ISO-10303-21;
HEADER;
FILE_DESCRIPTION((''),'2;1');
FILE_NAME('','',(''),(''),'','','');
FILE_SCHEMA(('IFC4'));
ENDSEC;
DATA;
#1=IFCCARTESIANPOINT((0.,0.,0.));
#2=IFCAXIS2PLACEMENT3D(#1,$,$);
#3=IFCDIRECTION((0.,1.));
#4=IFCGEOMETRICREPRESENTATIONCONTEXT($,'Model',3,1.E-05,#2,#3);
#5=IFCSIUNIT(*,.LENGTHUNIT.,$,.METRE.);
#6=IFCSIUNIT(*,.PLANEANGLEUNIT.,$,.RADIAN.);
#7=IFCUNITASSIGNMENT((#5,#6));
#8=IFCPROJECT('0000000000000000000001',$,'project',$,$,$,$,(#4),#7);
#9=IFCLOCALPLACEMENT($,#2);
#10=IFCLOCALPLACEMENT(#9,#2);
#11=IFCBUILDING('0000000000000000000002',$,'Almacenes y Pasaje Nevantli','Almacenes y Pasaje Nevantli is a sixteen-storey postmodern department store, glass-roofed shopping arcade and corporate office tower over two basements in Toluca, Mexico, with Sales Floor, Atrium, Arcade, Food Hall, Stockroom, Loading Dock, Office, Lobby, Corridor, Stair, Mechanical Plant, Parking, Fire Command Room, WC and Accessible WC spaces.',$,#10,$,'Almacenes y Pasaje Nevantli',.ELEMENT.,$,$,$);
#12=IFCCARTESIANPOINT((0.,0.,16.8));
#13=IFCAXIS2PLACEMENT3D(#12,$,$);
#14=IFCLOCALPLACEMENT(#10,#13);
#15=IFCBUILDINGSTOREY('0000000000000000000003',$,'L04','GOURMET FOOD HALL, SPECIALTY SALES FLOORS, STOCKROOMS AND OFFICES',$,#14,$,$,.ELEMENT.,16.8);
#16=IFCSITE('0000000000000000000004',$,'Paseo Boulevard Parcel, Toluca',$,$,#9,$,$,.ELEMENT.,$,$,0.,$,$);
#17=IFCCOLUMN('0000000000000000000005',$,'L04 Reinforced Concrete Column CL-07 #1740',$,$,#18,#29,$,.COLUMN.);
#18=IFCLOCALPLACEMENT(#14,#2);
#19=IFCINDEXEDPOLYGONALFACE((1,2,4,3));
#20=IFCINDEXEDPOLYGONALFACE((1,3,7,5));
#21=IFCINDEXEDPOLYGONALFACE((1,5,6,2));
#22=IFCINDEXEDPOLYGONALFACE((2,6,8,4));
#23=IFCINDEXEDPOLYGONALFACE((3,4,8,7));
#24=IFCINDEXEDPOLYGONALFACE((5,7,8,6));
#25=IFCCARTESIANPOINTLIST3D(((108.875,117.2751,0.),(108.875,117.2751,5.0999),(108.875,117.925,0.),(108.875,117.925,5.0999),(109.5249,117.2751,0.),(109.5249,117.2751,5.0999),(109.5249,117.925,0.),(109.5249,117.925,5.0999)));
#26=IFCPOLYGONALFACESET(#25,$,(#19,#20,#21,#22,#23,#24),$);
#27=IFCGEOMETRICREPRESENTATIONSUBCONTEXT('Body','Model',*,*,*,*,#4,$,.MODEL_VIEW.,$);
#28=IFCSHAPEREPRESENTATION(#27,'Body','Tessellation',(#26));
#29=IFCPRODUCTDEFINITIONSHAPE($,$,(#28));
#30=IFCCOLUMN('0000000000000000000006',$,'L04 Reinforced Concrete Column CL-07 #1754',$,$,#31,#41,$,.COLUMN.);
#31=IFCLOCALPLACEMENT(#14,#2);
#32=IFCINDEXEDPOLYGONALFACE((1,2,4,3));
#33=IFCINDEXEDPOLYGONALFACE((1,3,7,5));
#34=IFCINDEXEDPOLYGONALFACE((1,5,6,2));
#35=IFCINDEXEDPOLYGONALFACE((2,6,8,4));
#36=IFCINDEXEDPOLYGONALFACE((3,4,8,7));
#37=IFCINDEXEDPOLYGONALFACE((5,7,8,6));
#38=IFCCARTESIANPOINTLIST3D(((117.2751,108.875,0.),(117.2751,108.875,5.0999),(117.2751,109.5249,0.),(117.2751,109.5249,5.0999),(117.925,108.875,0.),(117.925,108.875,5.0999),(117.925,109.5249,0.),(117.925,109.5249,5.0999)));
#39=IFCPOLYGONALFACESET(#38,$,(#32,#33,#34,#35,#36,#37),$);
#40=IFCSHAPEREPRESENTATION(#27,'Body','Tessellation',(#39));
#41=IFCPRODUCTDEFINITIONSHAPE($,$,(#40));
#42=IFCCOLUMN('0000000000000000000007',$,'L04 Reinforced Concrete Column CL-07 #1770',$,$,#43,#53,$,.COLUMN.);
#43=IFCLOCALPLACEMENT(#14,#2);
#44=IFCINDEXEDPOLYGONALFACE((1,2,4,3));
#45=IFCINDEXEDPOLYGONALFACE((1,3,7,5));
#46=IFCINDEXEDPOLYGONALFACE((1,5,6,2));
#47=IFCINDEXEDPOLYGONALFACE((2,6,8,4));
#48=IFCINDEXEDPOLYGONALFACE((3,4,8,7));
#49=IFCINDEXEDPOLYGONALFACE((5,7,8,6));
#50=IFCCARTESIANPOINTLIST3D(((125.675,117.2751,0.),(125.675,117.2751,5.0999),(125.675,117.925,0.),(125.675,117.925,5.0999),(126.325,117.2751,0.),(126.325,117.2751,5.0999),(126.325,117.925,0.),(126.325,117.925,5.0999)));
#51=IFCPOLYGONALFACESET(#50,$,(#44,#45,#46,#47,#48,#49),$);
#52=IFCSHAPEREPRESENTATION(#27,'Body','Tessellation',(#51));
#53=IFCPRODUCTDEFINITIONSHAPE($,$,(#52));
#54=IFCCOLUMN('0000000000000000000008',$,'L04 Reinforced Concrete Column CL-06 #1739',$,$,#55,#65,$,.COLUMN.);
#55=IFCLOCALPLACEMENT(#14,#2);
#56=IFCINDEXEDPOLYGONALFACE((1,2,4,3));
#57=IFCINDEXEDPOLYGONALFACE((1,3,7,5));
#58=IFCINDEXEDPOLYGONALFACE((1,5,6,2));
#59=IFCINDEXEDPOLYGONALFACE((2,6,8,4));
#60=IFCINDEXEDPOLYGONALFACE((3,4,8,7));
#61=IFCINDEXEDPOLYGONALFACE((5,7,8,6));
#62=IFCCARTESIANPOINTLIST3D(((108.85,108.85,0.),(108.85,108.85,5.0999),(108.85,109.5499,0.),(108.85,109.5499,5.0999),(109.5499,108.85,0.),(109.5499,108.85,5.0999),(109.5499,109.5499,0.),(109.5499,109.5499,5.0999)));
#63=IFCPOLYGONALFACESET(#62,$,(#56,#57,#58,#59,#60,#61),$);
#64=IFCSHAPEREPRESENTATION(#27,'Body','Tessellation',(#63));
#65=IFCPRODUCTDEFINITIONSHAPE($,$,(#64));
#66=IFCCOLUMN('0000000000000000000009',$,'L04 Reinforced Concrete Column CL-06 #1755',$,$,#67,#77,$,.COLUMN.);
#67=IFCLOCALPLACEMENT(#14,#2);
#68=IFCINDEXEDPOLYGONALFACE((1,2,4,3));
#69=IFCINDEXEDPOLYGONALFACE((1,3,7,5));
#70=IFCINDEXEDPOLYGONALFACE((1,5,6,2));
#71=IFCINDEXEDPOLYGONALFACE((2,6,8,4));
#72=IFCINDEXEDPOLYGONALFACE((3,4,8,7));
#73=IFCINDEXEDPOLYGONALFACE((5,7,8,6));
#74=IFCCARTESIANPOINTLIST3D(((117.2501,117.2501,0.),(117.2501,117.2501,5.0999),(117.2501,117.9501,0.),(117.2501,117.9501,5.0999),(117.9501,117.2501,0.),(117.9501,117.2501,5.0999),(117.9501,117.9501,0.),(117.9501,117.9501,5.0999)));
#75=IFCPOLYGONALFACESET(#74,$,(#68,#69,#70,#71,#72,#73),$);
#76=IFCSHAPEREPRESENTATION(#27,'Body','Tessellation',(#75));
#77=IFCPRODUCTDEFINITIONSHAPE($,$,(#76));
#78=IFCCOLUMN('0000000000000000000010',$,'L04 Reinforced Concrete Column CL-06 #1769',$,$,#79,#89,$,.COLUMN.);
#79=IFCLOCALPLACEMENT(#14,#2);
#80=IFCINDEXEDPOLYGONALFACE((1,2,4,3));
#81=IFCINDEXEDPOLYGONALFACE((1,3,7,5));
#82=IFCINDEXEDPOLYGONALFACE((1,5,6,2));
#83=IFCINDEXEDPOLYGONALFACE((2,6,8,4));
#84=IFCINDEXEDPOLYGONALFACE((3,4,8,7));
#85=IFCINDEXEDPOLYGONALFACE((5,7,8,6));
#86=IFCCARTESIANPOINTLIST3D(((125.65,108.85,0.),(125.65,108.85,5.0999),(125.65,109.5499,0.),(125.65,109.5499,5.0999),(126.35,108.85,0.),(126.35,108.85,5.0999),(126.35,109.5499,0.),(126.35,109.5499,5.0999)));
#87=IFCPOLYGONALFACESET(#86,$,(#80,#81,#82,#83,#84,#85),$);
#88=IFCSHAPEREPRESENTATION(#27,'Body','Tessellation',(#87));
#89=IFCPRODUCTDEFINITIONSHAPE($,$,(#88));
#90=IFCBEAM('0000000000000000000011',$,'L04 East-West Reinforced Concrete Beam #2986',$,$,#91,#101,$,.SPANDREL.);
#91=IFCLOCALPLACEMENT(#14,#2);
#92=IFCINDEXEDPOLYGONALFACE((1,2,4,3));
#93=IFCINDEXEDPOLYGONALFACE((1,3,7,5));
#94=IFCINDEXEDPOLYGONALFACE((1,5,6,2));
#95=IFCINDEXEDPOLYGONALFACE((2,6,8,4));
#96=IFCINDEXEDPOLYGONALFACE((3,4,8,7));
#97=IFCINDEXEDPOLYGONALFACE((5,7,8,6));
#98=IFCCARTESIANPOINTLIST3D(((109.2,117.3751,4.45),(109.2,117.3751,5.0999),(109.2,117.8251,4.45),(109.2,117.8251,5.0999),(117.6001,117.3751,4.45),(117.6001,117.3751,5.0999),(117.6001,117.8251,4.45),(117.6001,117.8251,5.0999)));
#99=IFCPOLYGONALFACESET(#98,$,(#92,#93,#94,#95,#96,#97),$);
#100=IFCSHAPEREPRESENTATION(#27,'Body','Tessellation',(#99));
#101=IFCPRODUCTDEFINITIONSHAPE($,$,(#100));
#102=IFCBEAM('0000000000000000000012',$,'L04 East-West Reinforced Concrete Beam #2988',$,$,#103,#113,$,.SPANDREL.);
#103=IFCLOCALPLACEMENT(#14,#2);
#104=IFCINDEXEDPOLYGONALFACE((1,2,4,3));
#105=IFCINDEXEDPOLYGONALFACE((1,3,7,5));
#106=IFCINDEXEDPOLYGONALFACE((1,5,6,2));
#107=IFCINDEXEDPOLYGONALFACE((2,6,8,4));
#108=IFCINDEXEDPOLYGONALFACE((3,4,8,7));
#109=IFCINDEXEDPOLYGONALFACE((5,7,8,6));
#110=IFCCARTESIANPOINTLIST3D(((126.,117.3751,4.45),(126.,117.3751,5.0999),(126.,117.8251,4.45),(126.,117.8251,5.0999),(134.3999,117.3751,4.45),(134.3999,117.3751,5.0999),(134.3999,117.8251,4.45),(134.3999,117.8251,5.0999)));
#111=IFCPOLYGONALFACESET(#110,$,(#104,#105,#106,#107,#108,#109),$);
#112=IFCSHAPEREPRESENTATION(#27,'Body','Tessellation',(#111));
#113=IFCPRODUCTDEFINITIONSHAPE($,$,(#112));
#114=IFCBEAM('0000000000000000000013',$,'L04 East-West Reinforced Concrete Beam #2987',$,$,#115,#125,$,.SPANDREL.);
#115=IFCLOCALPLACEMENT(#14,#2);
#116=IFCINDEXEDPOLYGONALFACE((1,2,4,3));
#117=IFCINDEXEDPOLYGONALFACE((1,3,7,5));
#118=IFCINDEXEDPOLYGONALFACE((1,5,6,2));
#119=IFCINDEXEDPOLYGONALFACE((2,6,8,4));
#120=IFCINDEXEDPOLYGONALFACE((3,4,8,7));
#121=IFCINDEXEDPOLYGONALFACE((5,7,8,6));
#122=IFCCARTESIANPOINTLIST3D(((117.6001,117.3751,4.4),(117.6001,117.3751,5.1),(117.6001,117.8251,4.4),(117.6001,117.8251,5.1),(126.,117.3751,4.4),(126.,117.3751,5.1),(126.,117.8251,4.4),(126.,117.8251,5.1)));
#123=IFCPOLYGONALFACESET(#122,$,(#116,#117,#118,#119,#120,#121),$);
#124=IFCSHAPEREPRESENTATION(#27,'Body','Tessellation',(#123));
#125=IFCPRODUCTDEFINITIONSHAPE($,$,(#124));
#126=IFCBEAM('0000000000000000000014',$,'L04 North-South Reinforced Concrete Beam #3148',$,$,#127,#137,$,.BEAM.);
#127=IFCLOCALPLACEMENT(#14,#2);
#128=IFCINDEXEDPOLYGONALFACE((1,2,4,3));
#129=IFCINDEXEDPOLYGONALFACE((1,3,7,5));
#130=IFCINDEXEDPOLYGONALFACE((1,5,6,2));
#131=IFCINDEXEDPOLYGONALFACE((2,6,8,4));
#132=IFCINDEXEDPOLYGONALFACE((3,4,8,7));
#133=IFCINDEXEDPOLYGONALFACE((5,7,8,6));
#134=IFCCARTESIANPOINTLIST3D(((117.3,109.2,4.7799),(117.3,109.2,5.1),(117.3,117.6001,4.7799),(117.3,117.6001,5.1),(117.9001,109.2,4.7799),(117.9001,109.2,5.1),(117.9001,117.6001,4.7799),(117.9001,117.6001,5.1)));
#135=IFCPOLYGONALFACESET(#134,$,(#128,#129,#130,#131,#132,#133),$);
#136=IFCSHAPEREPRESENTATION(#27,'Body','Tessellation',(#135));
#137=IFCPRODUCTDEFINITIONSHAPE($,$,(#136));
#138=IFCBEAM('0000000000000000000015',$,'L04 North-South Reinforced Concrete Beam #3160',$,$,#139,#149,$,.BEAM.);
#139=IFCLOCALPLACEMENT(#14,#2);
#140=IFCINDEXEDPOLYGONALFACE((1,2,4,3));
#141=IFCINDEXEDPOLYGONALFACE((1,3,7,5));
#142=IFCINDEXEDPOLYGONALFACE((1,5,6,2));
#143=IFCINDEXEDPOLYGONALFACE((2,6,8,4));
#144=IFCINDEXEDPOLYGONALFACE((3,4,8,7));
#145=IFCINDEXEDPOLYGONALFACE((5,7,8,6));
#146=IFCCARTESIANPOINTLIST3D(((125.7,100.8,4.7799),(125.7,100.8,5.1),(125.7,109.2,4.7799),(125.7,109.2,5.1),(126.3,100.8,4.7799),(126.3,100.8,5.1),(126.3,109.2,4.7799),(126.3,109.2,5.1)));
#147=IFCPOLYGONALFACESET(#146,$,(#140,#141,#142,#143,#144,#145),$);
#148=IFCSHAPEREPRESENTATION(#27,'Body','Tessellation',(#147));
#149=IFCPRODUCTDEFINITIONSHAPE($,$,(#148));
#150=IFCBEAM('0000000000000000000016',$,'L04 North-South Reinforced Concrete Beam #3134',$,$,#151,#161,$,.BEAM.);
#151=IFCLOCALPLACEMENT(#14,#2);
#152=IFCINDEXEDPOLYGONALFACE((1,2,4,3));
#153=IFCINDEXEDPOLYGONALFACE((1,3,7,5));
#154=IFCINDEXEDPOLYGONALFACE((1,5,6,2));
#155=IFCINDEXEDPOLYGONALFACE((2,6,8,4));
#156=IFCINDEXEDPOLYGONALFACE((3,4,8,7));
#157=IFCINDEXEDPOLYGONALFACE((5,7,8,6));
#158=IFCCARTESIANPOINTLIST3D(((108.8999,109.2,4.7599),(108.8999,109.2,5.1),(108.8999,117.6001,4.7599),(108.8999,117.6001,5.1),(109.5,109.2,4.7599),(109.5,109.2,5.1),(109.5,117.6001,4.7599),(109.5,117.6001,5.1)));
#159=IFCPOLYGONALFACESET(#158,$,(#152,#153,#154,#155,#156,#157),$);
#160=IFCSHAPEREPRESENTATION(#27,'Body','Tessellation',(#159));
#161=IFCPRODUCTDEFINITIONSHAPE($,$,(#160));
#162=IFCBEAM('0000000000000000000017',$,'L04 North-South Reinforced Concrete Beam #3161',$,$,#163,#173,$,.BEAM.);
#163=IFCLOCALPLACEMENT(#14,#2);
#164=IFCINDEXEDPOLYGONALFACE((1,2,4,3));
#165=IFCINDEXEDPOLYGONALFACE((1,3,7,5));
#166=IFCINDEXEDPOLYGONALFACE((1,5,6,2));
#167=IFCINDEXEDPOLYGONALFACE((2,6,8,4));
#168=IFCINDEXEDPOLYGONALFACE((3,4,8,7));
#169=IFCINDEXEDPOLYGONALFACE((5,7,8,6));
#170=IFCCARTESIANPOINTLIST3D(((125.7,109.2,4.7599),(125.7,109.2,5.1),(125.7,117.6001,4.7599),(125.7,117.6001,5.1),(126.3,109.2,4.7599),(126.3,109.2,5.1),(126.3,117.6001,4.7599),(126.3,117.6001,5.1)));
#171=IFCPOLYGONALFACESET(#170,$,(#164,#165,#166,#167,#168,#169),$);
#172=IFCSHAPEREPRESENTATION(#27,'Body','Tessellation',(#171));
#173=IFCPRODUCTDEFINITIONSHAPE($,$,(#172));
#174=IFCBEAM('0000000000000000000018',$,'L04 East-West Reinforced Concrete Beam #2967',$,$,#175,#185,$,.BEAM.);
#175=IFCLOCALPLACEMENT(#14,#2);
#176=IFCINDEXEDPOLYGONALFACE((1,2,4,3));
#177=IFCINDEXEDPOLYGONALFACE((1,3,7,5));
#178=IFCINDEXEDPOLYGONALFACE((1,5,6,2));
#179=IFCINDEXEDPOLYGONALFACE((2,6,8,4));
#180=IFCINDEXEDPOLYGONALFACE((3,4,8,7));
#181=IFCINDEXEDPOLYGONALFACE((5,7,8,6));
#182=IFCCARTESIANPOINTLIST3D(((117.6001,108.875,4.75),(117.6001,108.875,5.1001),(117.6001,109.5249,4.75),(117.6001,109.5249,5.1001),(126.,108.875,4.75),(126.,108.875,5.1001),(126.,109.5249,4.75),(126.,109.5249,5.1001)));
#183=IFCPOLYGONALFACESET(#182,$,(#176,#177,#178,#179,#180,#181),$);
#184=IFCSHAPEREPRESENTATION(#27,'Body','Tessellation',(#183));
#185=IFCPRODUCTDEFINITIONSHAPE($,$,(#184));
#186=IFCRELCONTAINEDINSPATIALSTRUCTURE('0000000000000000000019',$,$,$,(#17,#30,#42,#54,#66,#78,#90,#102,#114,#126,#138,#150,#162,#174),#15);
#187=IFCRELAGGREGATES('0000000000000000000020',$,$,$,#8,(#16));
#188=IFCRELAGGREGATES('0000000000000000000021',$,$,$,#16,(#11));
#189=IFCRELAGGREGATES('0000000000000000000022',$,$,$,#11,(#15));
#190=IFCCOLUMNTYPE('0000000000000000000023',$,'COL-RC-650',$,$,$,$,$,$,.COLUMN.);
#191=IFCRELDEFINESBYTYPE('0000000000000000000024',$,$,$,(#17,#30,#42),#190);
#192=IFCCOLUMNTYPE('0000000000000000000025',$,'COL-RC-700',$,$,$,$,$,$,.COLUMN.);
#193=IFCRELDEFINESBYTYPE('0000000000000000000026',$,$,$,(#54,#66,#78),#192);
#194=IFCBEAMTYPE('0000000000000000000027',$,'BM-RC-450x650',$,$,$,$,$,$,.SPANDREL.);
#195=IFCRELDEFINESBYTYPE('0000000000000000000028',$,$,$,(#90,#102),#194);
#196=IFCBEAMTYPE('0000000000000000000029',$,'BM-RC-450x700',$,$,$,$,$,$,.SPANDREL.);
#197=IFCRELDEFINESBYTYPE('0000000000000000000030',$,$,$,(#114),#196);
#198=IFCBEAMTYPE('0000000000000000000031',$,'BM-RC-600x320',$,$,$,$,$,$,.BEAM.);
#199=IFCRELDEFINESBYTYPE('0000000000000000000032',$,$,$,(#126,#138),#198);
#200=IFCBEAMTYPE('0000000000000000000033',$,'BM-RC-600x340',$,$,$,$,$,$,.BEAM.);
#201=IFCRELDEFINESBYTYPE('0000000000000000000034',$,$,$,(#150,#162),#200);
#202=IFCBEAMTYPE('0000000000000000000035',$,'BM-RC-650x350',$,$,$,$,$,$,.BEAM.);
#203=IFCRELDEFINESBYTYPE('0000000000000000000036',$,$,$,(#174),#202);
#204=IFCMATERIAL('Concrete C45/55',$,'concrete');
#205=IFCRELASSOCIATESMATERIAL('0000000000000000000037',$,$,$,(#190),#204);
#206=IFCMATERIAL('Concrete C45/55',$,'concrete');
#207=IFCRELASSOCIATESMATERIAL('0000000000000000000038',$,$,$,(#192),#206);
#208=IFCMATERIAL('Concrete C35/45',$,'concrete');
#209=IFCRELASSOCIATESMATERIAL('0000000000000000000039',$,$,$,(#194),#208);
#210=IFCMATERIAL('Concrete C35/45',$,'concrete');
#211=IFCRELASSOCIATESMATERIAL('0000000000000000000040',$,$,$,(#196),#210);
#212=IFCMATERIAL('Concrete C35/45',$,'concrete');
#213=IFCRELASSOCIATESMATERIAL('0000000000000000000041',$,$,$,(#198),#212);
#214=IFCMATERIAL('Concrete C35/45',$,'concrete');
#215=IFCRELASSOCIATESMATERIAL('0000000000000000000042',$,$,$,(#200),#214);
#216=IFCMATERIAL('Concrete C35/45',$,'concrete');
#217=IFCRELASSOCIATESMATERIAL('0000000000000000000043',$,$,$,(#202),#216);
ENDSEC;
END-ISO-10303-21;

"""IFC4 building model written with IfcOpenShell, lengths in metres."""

from ifc_helpers import new_model, si_unit, direction, frame, origin, origin_2d, place, context, subcontext, project, spatial, rectangle, extrude, material, material_profile, profile_set, type_object, element, save


model = new_model("IFC4")

# Units and contexts
model_context = context("Model", 3, precision=1e-05, world=origin(), true_north=direction((0.0, 1.0)))
body_context = subcontext(model_context, "Body", "Model", "MODEL_VIEW")
ifc_project = project(units=[si_unit("LENGTHUNIT", "METRE"), si_unit("PLANEANGLEUNIT", "RADIAN")], contexts=[model_context])

# Site, building, storey
site_placement = place(None, origin())
site = spatial("IfcSite", under=ifc_project, at=site_placement, Name="Paseo Boulevard Parcel, Toluca", CompositionType="ELEMENT", RefElevation=0.0)
building_placement = place(site_placement, origin())
building = spatial("IfcBuilding", under=site, at=building_placement, Name="Almacenes y Pasaje Nevantli", Description="Almacenes y Pasaje Nevantli is a sixteen-storey postmodern department store, glass-roofed shopping arcade and corporate office tower over two basements in Toluca, Mexico, with Sales Floor, Atrium, Arcade, Food Hall, Stockroom, Loading Dock, Office, Lobby, Corridor, Stair, Mechanical Plant, Parking, Fire Command Room, WC and Accessible WC spaces.", LongName="Almacenes y Pasaje Nevantli", CompositionType="ELEMENT")
storey_placement = place(building_placement, frame((0.0, 0.0, 16.8)))
storey = spatial("IfcBuildingStorey", under=building, at=storey_placement, Name="L04", Description="GOURMET FOOD HALL, SPECIALTY SALES FLOORS, STOCKROOMS AND OFFICES", CompositionType="ELEMENT", Elevation=16.8)

# Columns
ifc_material_1 = material(Name="Concrete C45/55", Category="concrete")
ifc_material_profile_1 = material_profile(ifc_material_1, rectangle(XDim=0.6499, YDim=0.6499, at=origin_2d()), Name="RC-COL-650x650")
ifc_profile_set_1 = profile_set([ifc_material_profile_1], Name="Concrete C45/55")
column_type_1 = type_object("IfcColumnType", Name="COL-RC-650", PredefinedType="COLUMN", material=ifc_profile_set_1)
for number, where, z_axis, x_axis, name in (
    (1, (109.2, 117.6001, 0.0), (0.0, 0.0, 1.0), (1.0, 0.0, 0.0), "L04 Reinforced Concrete Column CL-07 #1740"),
    (2, (117.6001, 109.2, 0.0), (0.0, 0.0, 1.0), (1.0, 0.0, 0.0), "L04 Reinforced Concrete Column CL-07 #1754"),
    (3, (126.0, 117.6001, 0.0), (0.0, 0.0, 1.0), (1.0, 0.0, 0.0), "L04 Reinforced Concrete Column CL-07 #1770"),
):
    element("IfcColumn", number, at=place(storey_placement, frame(where, z_axis=z_axis, x_axis=x_axis)), inside=storey, type_object=column_type_1, Name=name, PredefinedType="COLUMN", context=body_context, shape_type="SweptSolid", body=[
        extrude(rectangle(XDim=0.6499, YDim=0.6499, at=origin_2d()), origin(), (0.0, 0.0, 1.0), 5.0999),
    ])
ifc_material_2 = material(Name="Concrete C45/55", Category="concrete")
ifc_material_profile_2 = material_profile(ifc_material_2, rectangle(XDim=0.7, YDim=0.7, at=origin_2d()), Name="RC-COL-700x700")
ifc_profile_set_2 = profile_set([ifc_material_profile_2], Name="Concrete C45/55")
column_type_2 = type_object("IfcColumnType", Name="COL-RC-700", PredefinedType="COLUMN", material=ifc_profile_set_2)
for number, where, z_axis, x_axis, name in (
    (4, (109.2, 109.2, 0.0), (0.0, 0.0, 1.0), (1.0, 0.0, 0.0), "L04 Reinforced Concrete Column CL-06 #1739"),
    (5, (117.6001, 117.6001, 0.0), (0.0, 0.0, 1.0), (1.0, 0.0, 0.0), "L04 Reinforced Concrete Column CL-06 #1755"),
    (6, (126.0, 109.2, 0.0), (0.0, 0.0, 1.0), (1.0, 0.0, 0.0), "L04 Reinforced Concrete Column CL-06 #1769"),
):
    element("IfcColumn", number, at=place(storey_placement, frame(where, z_axis=z_axis, x_axis=x_axis)), inside=storey, type_object=column_type_2, Name=name, PredefinedType="COLUMN", context=body_context, shape_type="SweptSolid", body=[
        extrude(rectangle(XDim=0.7, YDim=0.7, at=origin_2d()), origin(), (0.0, 0.0, 1.0), 5.0999),
    ])

# Beams
ifc_material_3 = material(Name="Concrete C35/45", Category="concrete")
ifc_material_profile_3 = material_profile(ifc_material_3, rectangle(XDim=0.45, YDim=0.6499, at=origin_2d()), Name="RC-BM-450x650")
ifc_profile_set_3 = profile_set([ifc_material_profile_3], Name="Concrete C35/45")
beam_type_1 = type_object("IfcBeamType", Name="BM-RC-450x650", PredefinedType="SPANDREL", material=ifc_profile_set_3)
beam_1_placement = place(storey_placement, frame((109.2, 117.6001, 4.7749), z_axis=(1.0, 0.0, 0.0), x_axis=(0.0, 1.0, 0.0)))
element("IfcBeam", 7, at=beam_1_placement, inside=storey, type_object=beam_type_1, Name="L04 East-West Reinforced Concrete Beam #2986", PredefinedType="SPANDREL", context=body_context, shape_type="SweptSolid", body=[
    extrude(rectangle(XDim=0.45, YDim=0.6499, at=origin_2d()), origin(), (0.0, 0.0, 1.0), 8.4001),
])
beam_2_placement = place(storey_placement, frame((126.0, 117.6001, 4.7749), z_axis=(1.0, 0.0, 0.0), x_axis=(0.0, 1.0, 0.0)))
element("IfcBeam", 8, at=beam_2_placement, inside=storey, type_object=beam_type_1, Name="L04 East-West Reinforced Concrete Beam #2988", PredefinedType="SPANDREL", context=body_context, shape_type="SweptSolid", body=[
    extrude(rectangle(XDim=0.45, YDim=0.6499, at=origin_2d()), origin(), (0.0, 0.0, 1.0), 8.3999),
])
ifc_material_4 = material(Name="Concrete C35/45", Category="concrete")
ifc_material_profile_4 = material_profile(ifc_material_4, rectangle(XDim=0.45, YDim=0.7, at=origin_2d()), Name="RC-BM-450x700")
ifc_profile_set_4 = profile_set([ifc_material_profile_4], Name="Concrete C35/45")
beam_type_2 = type_object("IfcBeamType", Name="BM-RC-450x700", PredefinedType="SPANDREL", material=ifc_profile_set_4)
beam_3_placement = place(storey_placement, frame((117.6001, 117.6001, 4.75), z_axis=(1.0, 0.0, 0.0), x_axis=(0.0, 1.0, 0.0)))
element("IfcBeam", 9, at=beam_3_placement, inside=storey, type_object=beam_type_2, Name="L04 East-West Reinforced Concrete Beam #2987", PredefinedType="SPANDREL", context=body_context, shape_type="SweptSolid", body=[
    extrude(rectangle(XDim=0.45, YDim=0.7, at=origin_2d()), origin(), (0.0, 0.0, 1.0), 8.3999),
])
ifc_material_5 = material(Name="Concrete C35/45", Category="concrete")
ifc_material_profile_5 = material_profile(ifc_material_5, rectangle(XDim=0.6001, YDim=0.3201, at=origin_2d()), Name="RC-BM-600x320")
ifc_profile_set_5 = profile_set([ifc_material_profile_5], Name="Concrete C35/45")
beam_type_3 = type_object("IfcBeamType", Name="BM-RC-600x320", PredefinedType="BEAM", material=ifc_profile_set_5)
beam_4_placement = place(storey_placement, frame((117.6001, 109.2, 4.9399), z_axis=(0.0, 1.0, 0.0), x_axis=(-1.0, 0.0, 0.0)))
element("IfcBeam", 10, at=beam_4_placement, inside=storey, type_object=beam_type_3, Name="L04 North-South Reinforced Concrete Beam #3148", PredefinedType="BEAM", context=body_context, shape_type="SweptSolid", body=[
    extrude(rectangle(XDim=0.6001, YDim=0.3201, at=origin_2d()), origin(), (0.0, 0.0, 1.0), 8.4001),
])
beam_5_placement = place(storey_placement, frame((126.0, 100.8, 4.9399), z_axis=(0.0, 1.0, 0.0), x_axis=(-1.0, 0.0, 0.0)))
element("IfcBeam", 11, at=beam_5_placement, inside=storey, type_object=beam_type_3, Name="L04 North-South Reinforced Concrete Beam #3160", PredefinedType="BEAM", context=body_context, shape_type="SweptSolid", body=[
    extrude(rectangle(XDim=0.6001, YDim=0.3201, at=origin_2d()), origin(), (0.0, 0.0, 1.0), 8.3999),
])
ifc_material_6 = material(Name="Concrete C35/45", Category="concrete")
ifc_material_profile_6 = material_profile(ifc_material_6, rectangle(XDim=0.6001, YDim=0.3401, at=origin_2d()), Name="RC-BM-600x340")
ifc_profile_set_6 = profile_set([ifc_material_profile_6], Name="Concrete C35/45")
beam_type_4 = type_object("IfcBeamType", Name="BM-RC-600x340", PredefinedType="BEAM", material=ifc_profile_set_6)
for number, where, z_axis, x_axis, name in (
    (12, (109.2, 109.2, 4.9299), (0.0, 1.0, 0.0), (-1.0, 0.0, 0.0), "L04 North-South Reinforced Concrete Beam #3134"),
    (13, (126.0, 109.2, 4.9299), (0.0, 1.0, 0.0), (-1.0, 0.0, 0.0), "L04 North-South Reinforced Concrete Beam #3161"),
):
    element("IfcBeam", number, at=place(storey_placement, frame(where, z_axis=z_axis, x_axis=x_axis)), inside=storey, type_object=beam_type_4, Name=name, PredefinedType="BEAM", context=body_context, shape_type="SweptSolid", body=[
        extrude(rectangle(XDim=0.6001, YDim=0.3401, at=origin_2d()), origin(), (0.0, 0.0, 1.0), 8.4001),
    ])
ifc_material_7 = material(Name="Concrete C35/45", Category="concrete")
ifc_material_profile_7 = material_profile(ifc_material_7, rectangle(XDim=0.6499, YDim=0.3501, at=origin_2d()), Name="RC-BM-650x350")
ifc_profile_set_7 = profile_set([ifc_material_profile_7], Name="Concrete C35/45")
beam_type_5 = type_object("IfcBeamType", Name="BM-RC-650x350", PredefinedType="BEAM", material=ifc_profile_set_7)
beam_6_placement = place(storey_placement, frame((117.6001, 109.2, 4.925), z_axis=(1.0, 0.0, 0.0), x_axis=(0.0, 1.0, 0.0)))
element("IfcBeam", 14, at=beam_6_placement, inside=storey, type_object=beam_type_5, Name="L04 East-West Reinforced Concrete Beam #2967", PredefinedType="BEAM", context=body_context, shape_type="SweptSolid", body=[
    extrude(rectangle(XDim=0.6499, YDim=0.3501, at=origin_2d()), origin(), (0.0, 0.0, 1.0), 8.3999),
])

save(model, "model.ifc")
